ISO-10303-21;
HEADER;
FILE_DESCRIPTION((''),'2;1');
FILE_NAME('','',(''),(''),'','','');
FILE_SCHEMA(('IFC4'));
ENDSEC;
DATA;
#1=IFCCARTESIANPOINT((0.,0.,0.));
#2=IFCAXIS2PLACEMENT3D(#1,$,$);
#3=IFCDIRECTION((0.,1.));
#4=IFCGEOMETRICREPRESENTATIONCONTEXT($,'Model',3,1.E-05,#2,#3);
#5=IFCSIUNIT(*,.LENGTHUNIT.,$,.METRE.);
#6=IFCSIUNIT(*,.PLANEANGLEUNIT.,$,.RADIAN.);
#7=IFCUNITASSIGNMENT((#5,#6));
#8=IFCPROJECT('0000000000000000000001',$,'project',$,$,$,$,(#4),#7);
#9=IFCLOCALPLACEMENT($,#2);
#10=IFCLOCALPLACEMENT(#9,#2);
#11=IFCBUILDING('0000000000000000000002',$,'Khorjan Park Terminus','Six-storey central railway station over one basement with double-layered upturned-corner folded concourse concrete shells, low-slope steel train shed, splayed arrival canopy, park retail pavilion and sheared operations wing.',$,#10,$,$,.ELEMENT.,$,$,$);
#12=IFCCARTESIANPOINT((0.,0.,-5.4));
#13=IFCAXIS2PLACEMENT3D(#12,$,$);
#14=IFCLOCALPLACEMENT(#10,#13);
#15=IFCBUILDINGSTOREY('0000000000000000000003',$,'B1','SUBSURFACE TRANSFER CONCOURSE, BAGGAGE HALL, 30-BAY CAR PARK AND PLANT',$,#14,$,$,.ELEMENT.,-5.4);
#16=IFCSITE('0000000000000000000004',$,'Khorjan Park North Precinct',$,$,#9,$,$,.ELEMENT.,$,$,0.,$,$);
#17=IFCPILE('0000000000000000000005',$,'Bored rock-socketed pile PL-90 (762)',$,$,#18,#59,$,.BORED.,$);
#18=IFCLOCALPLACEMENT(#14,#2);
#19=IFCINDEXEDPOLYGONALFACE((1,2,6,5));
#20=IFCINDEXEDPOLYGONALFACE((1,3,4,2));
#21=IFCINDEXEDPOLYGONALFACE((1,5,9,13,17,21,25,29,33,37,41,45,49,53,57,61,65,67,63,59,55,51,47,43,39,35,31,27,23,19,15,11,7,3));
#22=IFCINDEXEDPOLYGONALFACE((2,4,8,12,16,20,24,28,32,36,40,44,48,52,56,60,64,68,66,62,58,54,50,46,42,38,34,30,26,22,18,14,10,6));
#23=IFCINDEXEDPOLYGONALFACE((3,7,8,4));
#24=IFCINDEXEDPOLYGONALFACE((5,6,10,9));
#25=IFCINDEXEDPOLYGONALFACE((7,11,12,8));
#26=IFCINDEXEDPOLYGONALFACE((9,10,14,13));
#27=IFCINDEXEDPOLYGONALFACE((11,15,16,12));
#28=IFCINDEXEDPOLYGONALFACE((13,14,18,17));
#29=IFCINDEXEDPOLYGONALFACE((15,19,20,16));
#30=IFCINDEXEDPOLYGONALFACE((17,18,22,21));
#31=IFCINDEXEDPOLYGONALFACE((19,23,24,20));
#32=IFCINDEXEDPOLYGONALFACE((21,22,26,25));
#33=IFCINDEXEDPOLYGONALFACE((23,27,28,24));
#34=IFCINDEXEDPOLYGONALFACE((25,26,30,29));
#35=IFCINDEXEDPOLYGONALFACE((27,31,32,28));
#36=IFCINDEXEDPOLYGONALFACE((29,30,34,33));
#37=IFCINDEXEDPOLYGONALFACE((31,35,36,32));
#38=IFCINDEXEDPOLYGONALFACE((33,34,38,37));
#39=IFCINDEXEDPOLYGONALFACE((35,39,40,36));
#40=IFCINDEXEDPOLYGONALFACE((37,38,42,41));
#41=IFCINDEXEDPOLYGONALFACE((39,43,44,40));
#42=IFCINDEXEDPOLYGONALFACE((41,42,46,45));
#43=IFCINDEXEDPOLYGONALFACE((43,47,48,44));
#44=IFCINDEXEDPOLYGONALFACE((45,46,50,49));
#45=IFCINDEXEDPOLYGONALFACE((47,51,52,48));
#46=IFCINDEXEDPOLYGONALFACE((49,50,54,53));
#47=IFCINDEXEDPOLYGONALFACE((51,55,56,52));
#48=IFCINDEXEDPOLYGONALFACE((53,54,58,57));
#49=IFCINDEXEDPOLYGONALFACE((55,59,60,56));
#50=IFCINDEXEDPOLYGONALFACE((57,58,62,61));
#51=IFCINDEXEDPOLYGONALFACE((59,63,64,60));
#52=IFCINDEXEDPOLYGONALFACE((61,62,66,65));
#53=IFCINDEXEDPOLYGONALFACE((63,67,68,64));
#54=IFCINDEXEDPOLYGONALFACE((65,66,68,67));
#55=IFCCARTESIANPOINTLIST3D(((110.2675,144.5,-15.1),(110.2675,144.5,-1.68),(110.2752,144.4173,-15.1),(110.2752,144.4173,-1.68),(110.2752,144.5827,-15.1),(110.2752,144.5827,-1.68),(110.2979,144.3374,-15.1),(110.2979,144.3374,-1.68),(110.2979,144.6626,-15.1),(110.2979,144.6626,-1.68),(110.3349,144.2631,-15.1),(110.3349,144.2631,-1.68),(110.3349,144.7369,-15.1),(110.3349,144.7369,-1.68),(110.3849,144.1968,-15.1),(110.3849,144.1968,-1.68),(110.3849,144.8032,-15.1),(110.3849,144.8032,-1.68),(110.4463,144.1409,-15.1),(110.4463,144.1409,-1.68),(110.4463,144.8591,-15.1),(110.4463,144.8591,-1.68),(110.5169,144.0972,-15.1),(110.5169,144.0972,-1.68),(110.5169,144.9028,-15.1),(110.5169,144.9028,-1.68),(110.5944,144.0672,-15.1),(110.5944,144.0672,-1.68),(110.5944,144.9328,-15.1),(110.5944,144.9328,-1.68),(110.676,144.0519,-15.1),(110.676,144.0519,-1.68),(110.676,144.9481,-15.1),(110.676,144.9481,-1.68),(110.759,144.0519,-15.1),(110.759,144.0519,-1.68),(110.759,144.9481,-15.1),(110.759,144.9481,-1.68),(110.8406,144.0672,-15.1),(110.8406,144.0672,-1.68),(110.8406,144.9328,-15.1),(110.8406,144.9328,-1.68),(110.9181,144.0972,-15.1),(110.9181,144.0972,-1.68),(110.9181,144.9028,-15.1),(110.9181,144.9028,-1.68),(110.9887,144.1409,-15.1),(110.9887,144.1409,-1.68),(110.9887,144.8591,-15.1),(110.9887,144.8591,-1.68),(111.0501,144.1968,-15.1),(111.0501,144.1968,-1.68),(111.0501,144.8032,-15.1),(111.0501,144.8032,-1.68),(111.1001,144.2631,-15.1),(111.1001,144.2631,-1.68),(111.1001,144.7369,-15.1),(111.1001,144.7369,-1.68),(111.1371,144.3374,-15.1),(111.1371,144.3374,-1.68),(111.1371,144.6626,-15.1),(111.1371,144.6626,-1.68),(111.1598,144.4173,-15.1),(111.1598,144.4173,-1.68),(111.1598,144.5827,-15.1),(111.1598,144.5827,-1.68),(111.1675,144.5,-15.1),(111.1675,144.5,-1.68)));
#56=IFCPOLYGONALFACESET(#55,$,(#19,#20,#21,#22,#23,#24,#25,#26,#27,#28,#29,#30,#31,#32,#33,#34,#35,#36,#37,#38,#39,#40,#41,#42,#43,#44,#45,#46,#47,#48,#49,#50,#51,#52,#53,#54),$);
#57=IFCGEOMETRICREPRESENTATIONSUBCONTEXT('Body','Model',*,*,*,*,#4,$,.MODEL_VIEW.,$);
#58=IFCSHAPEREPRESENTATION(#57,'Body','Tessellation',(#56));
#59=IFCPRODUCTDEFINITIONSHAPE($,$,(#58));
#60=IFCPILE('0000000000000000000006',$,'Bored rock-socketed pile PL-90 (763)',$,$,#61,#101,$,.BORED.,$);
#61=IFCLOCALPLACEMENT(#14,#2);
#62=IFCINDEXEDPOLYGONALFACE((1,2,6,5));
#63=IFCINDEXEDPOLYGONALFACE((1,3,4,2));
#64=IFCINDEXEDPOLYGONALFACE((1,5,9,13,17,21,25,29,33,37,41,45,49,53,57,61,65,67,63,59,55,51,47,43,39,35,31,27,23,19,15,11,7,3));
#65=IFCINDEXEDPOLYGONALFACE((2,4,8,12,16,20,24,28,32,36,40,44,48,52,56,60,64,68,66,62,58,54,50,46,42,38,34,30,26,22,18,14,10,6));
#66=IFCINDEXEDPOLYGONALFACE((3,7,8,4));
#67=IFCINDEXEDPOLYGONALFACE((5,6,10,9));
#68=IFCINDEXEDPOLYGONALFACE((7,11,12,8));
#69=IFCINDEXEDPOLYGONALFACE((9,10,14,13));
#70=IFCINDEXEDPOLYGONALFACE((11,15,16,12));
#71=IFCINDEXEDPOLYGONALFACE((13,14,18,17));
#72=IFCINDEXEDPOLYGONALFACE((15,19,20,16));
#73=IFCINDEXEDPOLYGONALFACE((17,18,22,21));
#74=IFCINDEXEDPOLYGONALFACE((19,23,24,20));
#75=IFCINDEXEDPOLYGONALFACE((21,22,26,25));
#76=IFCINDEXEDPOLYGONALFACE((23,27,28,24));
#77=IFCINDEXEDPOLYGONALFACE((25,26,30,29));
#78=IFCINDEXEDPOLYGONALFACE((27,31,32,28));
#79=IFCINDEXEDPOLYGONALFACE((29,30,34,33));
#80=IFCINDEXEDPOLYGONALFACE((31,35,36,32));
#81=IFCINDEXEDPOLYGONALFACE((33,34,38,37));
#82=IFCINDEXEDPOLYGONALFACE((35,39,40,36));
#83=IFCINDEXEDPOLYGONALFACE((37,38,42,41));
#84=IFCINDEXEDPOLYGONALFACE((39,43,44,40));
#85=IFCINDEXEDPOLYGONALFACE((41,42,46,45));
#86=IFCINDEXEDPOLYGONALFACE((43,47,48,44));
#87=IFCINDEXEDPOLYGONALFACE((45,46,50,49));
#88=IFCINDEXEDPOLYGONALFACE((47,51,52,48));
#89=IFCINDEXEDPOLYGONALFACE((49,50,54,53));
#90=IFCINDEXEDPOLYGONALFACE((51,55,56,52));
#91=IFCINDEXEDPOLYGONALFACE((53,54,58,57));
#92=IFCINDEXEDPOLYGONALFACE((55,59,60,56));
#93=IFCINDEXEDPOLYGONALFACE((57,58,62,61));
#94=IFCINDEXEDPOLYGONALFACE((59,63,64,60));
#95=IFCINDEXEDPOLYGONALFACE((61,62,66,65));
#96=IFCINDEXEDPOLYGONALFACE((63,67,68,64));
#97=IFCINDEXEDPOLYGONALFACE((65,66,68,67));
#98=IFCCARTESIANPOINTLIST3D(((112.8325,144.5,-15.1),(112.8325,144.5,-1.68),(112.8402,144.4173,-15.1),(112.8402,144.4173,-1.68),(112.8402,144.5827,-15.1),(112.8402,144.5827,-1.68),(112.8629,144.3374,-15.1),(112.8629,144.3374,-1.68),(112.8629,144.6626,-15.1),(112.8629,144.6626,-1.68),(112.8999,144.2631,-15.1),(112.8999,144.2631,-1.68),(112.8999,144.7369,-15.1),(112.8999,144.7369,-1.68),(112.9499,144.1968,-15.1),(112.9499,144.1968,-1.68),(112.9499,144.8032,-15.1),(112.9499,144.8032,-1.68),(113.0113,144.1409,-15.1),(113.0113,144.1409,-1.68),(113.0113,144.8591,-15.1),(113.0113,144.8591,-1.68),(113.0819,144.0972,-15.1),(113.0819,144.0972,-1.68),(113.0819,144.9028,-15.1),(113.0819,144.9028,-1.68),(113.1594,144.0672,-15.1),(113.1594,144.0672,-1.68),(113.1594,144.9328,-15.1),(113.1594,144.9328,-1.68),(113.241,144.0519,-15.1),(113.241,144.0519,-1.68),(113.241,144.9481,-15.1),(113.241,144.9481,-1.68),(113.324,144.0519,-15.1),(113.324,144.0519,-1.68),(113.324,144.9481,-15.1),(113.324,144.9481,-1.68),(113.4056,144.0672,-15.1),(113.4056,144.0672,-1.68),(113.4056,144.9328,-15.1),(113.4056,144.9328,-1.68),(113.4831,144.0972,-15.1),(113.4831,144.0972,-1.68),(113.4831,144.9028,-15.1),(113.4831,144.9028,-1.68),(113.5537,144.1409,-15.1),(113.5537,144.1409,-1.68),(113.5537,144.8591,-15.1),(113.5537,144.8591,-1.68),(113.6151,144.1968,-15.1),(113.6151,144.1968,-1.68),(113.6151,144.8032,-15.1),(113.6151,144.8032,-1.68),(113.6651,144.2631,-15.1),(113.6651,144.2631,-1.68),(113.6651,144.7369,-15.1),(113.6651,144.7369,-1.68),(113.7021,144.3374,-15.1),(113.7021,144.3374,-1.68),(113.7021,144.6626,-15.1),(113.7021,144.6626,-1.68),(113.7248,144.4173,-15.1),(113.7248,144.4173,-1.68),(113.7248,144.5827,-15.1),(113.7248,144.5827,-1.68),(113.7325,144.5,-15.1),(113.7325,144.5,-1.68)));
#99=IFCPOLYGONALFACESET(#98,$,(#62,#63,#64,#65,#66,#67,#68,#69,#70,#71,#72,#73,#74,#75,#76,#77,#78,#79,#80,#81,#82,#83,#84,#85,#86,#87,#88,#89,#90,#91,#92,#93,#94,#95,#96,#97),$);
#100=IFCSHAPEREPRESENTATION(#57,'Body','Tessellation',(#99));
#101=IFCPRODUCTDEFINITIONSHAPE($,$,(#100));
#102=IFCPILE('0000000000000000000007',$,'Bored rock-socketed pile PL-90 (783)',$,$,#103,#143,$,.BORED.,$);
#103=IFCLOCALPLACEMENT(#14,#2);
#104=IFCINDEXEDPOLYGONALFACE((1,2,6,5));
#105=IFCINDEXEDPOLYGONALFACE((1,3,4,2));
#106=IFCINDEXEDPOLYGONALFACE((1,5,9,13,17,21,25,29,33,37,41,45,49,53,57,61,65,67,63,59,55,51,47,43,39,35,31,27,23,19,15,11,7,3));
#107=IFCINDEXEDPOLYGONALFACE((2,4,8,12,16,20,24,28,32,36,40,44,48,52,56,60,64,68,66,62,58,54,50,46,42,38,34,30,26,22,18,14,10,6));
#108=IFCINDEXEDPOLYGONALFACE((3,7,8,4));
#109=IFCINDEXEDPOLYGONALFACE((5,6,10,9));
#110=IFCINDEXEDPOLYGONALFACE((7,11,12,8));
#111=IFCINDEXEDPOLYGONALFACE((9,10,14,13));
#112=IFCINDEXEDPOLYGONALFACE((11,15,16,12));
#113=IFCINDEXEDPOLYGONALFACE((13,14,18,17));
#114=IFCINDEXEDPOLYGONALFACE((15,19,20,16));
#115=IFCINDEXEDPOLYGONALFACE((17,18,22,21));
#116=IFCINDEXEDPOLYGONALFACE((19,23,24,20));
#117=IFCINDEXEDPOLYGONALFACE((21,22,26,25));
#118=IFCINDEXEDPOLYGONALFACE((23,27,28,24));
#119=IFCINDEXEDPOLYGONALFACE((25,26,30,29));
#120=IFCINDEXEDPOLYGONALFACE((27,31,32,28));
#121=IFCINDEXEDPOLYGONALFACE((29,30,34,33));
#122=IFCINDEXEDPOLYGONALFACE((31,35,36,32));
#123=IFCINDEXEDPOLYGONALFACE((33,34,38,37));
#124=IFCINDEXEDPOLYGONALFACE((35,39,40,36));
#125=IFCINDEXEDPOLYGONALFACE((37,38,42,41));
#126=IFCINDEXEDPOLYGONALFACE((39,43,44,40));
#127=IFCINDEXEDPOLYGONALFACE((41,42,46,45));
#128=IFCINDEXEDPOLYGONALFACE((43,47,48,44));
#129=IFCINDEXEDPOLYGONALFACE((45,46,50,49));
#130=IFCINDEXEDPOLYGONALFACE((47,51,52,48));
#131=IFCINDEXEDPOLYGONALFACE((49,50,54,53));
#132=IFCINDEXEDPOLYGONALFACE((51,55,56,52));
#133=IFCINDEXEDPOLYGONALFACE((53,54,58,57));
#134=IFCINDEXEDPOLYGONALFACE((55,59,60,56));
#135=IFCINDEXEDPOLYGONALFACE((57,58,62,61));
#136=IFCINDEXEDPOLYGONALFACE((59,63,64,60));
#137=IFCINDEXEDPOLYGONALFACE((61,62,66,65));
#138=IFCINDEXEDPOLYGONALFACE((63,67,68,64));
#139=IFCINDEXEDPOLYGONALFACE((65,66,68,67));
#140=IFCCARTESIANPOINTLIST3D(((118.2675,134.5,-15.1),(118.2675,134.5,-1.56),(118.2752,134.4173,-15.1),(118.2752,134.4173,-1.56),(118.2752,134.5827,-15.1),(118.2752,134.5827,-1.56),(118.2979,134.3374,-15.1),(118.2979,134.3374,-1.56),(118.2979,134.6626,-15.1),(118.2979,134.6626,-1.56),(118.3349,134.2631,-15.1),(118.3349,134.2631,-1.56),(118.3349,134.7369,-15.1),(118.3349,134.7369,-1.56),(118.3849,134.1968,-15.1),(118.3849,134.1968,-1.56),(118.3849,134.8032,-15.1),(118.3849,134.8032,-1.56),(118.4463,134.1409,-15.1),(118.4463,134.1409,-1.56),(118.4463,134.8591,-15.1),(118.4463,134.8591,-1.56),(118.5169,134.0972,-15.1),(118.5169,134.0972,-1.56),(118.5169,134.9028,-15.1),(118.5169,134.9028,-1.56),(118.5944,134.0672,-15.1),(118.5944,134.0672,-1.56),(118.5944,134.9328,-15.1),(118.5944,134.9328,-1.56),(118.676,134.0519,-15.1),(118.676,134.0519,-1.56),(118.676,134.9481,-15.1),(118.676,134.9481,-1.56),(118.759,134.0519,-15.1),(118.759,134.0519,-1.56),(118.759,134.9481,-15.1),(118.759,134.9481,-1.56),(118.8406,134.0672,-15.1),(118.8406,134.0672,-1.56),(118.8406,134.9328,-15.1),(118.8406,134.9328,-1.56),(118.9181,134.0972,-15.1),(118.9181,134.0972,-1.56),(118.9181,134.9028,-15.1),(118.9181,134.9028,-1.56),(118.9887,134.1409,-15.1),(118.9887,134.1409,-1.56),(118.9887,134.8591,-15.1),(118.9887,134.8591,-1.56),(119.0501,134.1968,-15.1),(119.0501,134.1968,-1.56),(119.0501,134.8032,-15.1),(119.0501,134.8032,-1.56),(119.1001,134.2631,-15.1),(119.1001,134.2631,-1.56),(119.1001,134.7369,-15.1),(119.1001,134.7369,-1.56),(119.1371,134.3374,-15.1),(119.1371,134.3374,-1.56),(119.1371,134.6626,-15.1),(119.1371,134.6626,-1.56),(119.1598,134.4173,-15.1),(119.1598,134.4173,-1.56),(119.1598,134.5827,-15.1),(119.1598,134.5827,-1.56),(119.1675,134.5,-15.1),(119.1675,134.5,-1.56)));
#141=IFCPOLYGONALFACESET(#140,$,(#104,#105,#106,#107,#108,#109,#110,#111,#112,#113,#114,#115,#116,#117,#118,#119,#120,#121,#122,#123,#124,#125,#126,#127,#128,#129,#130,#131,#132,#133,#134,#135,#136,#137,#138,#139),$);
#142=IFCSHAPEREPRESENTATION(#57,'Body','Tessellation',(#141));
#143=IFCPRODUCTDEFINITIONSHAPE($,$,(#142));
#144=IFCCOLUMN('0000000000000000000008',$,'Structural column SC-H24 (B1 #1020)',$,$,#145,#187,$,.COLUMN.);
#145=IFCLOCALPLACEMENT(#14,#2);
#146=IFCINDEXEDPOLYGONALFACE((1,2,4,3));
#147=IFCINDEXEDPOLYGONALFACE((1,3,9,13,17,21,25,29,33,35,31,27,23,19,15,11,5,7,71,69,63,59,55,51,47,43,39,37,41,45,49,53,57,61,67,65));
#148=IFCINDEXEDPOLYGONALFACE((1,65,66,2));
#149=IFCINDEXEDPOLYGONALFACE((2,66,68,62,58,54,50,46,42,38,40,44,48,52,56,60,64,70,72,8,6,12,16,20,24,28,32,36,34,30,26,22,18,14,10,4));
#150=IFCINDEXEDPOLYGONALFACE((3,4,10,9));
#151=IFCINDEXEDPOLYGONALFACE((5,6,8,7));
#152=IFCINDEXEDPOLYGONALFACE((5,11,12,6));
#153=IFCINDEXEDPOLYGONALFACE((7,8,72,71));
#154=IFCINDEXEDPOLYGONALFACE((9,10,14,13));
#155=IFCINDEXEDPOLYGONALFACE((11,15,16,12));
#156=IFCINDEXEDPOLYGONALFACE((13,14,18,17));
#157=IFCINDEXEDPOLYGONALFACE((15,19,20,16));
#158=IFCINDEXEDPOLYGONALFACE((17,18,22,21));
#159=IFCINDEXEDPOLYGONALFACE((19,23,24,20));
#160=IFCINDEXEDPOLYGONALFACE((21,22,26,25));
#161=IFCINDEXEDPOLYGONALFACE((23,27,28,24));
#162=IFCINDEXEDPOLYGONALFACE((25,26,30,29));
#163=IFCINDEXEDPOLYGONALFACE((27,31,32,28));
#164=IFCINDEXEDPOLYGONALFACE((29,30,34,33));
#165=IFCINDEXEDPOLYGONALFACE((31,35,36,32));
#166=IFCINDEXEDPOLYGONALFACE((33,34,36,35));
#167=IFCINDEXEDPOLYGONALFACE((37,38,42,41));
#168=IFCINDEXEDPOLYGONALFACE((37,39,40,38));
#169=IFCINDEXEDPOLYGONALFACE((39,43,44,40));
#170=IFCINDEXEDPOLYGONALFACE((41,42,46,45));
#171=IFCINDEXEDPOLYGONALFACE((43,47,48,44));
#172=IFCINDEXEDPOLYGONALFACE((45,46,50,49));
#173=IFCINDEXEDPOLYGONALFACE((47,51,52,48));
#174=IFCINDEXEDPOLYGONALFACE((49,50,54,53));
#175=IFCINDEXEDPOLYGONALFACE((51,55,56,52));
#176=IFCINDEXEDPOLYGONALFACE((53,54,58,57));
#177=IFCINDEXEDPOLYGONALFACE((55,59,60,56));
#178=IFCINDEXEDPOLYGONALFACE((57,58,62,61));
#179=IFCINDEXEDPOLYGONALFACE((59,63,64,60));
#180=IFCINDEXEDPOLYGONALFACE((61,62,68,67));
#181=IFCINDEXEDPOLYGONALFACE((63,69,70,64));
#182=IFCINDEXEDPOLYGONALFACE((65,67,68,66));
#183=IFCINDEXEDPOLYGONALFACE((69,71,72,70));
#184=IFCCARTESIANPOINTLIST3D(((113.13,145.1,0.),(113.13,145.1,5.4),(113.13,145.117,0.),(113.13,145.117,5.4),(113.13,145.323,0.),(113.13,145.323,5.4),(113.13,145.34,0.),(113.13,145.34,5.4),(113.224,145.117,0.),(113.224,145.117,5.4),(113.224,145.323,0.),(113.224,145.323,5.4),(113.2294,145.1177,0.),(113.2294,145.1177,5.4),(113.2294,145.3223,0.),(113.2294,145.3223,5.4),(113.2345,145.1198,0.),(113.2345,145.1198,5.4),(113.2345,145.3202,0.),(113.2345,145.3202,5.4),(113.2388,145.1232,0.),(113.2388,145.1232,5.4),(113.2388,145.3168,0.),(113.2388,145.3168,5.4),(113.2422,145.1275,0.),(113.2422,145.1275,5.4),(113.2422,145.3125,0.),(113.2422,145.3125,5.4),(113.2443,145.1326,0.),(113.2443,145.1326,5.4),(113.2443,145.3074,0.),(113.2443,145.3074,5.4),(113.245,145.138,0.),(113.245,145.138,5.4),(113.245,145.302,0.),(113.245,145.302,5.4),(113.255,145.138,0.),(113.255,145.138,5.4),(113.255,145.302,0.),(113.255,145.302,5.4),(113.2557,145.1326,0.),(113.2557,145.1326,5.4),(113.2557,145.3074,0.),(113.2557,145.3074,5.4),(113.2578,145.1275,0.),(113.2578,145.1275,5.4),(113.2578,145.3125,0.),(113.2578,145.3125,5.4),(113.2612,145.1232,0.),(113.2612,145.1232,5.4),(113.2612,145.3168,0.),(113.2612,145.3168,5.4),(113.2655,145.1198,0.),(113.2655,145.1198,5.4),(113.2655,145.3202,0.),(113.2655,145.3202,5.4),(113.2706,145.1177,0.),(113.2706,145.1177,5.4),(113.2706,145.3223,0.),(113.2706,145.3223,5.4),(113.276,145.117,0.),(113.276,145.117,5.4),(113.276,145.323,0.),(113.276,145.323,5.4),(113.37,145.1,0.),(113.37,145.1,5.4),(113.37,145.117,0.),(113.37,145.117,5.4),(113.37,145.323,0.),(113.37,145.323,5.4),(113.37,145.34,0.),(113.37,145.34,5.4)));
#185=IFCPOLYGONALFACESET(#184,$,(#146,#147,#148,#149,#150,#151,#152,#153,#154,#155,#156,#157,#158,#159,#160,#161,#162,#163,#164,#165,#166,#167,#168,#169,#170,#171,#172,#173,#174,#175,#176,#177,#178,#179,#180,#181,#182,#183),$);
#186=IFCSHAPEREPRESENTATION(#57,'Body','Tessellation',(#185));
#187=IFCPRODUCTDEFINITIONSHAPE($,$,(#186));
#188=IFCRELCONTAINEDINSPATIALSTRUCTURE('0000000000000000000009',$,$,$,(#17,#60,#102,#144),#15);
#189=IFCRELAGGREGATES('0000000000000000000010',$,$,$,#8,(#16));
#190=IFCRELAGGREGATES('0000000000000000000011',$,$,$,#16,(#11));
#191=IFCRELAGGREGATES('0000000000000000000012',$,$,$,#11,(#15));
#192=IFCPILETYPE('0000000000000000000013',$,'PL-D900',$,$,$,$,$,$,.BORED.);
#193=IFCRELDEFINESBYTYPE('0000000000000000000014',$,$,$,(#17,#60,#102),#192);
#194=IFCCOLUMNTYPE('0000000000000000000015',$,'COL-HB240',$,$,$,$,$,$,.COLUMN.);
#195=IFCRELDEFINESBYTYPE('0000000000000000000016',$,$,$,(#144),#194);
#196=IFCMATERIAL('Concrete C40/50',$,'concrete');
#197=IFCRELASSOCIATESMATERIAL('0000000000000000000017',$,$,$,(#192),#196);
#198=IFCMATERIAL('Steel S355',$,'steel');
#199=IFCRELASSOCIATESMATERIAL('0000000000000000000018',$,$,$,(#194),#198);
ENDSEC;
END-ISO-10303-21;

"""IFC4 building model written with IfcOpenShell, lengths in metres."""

from ifc_helpers import new_model, si_unit, direction, frame, origin, origin_2d, place, context, subcontext, project, spatial, circle, i_section, extrude, material, material_profile, profile_set, type_object, element, save


model = new_model("IFC4")

# Units and contexts
model_context = context("Model", 3, precision=1e-05, world=origin(), true_north=direction((0.0, 1.0)))
body_context = subcontext(model_context, "Body", "Model", "MODEL_VIEW")
ifc_project = project(units=[si_unit("LENGTHUNIT", "METRE"), si_unit("PLANEANGLEUNIT", "RADIAN")], contexts=[model_context])

# Site, building, storey
site_placement = place(None, origin())
site = spatial("IfcSite", under=ifc_project, at=site_placement, Name="Khorjan Park North Precinct", CompositionType="ELEMENT", RefElevation=0.0)
building_placement = place(site_placement, origin())
building = spatial("IfcBuilding", under=site, at=building_placement, Name="Khorjan Park Terminus", Description="Six-storey central railway station over one basement with double-layered upturned-corner folded concourse concrete shells, low-slope steel train shed, splayed arrival canopy, park retail pavilion and sheared operations wing.", CompositionType="ELEMENT")
storey_placement = place(building_placement, frame((0.0, 0.0, -5.4)))
storey = spatial("IfcBuildingStorey", under=building, at=storey_placement, Name="B1", Description="SUBSURFACE TRANSFER CONCOURSE, BAGGAGE HALL, 30-BAY CAR PARK AND PLANT", CompositionType="ELEMENT", Elevation=-5.4)

# Shared definitions
ifc_material_1 = material(Name="Concrete C40/50", Category="concrete")

# Piles
ifc_material_profile_1 = material_profile(ifc_material_1, circle(Radius=0.45, at=origin_2d()), Name="BORED D900")
ifc_profile_set_1 = profile_set([ifc_material_profile_1], Name="Concrete C40/50")
pile_type_1 = type_object("IfcPileType", Name="PL-D900", PredefinedType="BORED", material=ifc_profile_set_1)
for number, where, z_axis, x_axis, name in (
    (1, (110.7175, 144.5, -1.68), (0.0, 0.0, -1.0), (1.0, 0.0, 0.0), "Bored rock-socketed pile PL-90 (762)"),
    (2, (113.2825, 144.5, -1.68), (0.0, 0.0, -1.0), (1.0, 0.0, 0.0), "Bored rock-socketed pile PL-90 (763)"),
):
    element("IfcPile", number, at=place(storey_placement, frame(where, z_axis=z_axis, x_axis=x_axis)), inside=storey, type_object=pile_type_1, Name=name, PredefinedType="BORED", context=body_context, shape_type="SweptSolid", body=[
        extrude(circle(Radius=0.45, at=origin_2d()), origin(), (0.0, 0.0, 1.0), 13.42),
    ])
pile_1_placement = place(storey_placement, frame((118.7175, 134.5, -1.56), z_axis=(0.0, 0.0, -1.0), x_axis=(1.0, 0.0, 0.0)))
element("IfcPile", 3, at=pile_1_placement, inside=storey, type_object=pile_type_1, Name="Bored rock-socketed pile PL-90 (783)", PredefinedType="BORED", context=body_context, shape_type="SweptSolid", body=[
    extrude(circle(Radius=0.45, at=origin_2d()), origin(), (0.0, 0.0, 1.0), 13.54),
])

# Column
ifc_material_2 = material(Name="Steel S355", Category="steel")
ifc_material_profile_2 = material_profile(ifc_material_2, i_section(OverallWidth=0.24, OverallDepth=0.24, WebThickness=0.01, FlangeThickness=0.017, FilletRadius=0.021, at=origin_2d()), Name="HEB 240")
ifc_profile_set_2 = profile_set([ifc_material_profile_2], Name="Steel S355")
column_type_1 = type_object("IfcColumnType", Name="COL-HB240", PredefinedType="COLUMN", material=ifc_profile_set_2)
for number, where, z_axis, x_axis, name in (
    (4, (113.25, 145.22, 0.0), (0.0, 0.0, 1.0), (1.0, 0.0, 0.0), "Structural column SC-H24 (B1 #1020)"),
):
    element("IfcColumn", number, at=place(storey_placement, frame(where, z_axis=z_axis, x_axis=x_axis)), inside=storey, type_object=column_type_1, Name=name, PredefinedType="COLUMN", context=body_context, shape_type="SweptSolid", body=[
        extrude(i_section(OverallWidth=0.24, OverallDepth=0.24, WebThickness=0.01, FlangeThickness=0.017, FilletRadius=0.021, at=origin_2d()), origin(), (0.0, 0.0, 1.0), 5.4),
    ])

save(model, "model.ifc")
